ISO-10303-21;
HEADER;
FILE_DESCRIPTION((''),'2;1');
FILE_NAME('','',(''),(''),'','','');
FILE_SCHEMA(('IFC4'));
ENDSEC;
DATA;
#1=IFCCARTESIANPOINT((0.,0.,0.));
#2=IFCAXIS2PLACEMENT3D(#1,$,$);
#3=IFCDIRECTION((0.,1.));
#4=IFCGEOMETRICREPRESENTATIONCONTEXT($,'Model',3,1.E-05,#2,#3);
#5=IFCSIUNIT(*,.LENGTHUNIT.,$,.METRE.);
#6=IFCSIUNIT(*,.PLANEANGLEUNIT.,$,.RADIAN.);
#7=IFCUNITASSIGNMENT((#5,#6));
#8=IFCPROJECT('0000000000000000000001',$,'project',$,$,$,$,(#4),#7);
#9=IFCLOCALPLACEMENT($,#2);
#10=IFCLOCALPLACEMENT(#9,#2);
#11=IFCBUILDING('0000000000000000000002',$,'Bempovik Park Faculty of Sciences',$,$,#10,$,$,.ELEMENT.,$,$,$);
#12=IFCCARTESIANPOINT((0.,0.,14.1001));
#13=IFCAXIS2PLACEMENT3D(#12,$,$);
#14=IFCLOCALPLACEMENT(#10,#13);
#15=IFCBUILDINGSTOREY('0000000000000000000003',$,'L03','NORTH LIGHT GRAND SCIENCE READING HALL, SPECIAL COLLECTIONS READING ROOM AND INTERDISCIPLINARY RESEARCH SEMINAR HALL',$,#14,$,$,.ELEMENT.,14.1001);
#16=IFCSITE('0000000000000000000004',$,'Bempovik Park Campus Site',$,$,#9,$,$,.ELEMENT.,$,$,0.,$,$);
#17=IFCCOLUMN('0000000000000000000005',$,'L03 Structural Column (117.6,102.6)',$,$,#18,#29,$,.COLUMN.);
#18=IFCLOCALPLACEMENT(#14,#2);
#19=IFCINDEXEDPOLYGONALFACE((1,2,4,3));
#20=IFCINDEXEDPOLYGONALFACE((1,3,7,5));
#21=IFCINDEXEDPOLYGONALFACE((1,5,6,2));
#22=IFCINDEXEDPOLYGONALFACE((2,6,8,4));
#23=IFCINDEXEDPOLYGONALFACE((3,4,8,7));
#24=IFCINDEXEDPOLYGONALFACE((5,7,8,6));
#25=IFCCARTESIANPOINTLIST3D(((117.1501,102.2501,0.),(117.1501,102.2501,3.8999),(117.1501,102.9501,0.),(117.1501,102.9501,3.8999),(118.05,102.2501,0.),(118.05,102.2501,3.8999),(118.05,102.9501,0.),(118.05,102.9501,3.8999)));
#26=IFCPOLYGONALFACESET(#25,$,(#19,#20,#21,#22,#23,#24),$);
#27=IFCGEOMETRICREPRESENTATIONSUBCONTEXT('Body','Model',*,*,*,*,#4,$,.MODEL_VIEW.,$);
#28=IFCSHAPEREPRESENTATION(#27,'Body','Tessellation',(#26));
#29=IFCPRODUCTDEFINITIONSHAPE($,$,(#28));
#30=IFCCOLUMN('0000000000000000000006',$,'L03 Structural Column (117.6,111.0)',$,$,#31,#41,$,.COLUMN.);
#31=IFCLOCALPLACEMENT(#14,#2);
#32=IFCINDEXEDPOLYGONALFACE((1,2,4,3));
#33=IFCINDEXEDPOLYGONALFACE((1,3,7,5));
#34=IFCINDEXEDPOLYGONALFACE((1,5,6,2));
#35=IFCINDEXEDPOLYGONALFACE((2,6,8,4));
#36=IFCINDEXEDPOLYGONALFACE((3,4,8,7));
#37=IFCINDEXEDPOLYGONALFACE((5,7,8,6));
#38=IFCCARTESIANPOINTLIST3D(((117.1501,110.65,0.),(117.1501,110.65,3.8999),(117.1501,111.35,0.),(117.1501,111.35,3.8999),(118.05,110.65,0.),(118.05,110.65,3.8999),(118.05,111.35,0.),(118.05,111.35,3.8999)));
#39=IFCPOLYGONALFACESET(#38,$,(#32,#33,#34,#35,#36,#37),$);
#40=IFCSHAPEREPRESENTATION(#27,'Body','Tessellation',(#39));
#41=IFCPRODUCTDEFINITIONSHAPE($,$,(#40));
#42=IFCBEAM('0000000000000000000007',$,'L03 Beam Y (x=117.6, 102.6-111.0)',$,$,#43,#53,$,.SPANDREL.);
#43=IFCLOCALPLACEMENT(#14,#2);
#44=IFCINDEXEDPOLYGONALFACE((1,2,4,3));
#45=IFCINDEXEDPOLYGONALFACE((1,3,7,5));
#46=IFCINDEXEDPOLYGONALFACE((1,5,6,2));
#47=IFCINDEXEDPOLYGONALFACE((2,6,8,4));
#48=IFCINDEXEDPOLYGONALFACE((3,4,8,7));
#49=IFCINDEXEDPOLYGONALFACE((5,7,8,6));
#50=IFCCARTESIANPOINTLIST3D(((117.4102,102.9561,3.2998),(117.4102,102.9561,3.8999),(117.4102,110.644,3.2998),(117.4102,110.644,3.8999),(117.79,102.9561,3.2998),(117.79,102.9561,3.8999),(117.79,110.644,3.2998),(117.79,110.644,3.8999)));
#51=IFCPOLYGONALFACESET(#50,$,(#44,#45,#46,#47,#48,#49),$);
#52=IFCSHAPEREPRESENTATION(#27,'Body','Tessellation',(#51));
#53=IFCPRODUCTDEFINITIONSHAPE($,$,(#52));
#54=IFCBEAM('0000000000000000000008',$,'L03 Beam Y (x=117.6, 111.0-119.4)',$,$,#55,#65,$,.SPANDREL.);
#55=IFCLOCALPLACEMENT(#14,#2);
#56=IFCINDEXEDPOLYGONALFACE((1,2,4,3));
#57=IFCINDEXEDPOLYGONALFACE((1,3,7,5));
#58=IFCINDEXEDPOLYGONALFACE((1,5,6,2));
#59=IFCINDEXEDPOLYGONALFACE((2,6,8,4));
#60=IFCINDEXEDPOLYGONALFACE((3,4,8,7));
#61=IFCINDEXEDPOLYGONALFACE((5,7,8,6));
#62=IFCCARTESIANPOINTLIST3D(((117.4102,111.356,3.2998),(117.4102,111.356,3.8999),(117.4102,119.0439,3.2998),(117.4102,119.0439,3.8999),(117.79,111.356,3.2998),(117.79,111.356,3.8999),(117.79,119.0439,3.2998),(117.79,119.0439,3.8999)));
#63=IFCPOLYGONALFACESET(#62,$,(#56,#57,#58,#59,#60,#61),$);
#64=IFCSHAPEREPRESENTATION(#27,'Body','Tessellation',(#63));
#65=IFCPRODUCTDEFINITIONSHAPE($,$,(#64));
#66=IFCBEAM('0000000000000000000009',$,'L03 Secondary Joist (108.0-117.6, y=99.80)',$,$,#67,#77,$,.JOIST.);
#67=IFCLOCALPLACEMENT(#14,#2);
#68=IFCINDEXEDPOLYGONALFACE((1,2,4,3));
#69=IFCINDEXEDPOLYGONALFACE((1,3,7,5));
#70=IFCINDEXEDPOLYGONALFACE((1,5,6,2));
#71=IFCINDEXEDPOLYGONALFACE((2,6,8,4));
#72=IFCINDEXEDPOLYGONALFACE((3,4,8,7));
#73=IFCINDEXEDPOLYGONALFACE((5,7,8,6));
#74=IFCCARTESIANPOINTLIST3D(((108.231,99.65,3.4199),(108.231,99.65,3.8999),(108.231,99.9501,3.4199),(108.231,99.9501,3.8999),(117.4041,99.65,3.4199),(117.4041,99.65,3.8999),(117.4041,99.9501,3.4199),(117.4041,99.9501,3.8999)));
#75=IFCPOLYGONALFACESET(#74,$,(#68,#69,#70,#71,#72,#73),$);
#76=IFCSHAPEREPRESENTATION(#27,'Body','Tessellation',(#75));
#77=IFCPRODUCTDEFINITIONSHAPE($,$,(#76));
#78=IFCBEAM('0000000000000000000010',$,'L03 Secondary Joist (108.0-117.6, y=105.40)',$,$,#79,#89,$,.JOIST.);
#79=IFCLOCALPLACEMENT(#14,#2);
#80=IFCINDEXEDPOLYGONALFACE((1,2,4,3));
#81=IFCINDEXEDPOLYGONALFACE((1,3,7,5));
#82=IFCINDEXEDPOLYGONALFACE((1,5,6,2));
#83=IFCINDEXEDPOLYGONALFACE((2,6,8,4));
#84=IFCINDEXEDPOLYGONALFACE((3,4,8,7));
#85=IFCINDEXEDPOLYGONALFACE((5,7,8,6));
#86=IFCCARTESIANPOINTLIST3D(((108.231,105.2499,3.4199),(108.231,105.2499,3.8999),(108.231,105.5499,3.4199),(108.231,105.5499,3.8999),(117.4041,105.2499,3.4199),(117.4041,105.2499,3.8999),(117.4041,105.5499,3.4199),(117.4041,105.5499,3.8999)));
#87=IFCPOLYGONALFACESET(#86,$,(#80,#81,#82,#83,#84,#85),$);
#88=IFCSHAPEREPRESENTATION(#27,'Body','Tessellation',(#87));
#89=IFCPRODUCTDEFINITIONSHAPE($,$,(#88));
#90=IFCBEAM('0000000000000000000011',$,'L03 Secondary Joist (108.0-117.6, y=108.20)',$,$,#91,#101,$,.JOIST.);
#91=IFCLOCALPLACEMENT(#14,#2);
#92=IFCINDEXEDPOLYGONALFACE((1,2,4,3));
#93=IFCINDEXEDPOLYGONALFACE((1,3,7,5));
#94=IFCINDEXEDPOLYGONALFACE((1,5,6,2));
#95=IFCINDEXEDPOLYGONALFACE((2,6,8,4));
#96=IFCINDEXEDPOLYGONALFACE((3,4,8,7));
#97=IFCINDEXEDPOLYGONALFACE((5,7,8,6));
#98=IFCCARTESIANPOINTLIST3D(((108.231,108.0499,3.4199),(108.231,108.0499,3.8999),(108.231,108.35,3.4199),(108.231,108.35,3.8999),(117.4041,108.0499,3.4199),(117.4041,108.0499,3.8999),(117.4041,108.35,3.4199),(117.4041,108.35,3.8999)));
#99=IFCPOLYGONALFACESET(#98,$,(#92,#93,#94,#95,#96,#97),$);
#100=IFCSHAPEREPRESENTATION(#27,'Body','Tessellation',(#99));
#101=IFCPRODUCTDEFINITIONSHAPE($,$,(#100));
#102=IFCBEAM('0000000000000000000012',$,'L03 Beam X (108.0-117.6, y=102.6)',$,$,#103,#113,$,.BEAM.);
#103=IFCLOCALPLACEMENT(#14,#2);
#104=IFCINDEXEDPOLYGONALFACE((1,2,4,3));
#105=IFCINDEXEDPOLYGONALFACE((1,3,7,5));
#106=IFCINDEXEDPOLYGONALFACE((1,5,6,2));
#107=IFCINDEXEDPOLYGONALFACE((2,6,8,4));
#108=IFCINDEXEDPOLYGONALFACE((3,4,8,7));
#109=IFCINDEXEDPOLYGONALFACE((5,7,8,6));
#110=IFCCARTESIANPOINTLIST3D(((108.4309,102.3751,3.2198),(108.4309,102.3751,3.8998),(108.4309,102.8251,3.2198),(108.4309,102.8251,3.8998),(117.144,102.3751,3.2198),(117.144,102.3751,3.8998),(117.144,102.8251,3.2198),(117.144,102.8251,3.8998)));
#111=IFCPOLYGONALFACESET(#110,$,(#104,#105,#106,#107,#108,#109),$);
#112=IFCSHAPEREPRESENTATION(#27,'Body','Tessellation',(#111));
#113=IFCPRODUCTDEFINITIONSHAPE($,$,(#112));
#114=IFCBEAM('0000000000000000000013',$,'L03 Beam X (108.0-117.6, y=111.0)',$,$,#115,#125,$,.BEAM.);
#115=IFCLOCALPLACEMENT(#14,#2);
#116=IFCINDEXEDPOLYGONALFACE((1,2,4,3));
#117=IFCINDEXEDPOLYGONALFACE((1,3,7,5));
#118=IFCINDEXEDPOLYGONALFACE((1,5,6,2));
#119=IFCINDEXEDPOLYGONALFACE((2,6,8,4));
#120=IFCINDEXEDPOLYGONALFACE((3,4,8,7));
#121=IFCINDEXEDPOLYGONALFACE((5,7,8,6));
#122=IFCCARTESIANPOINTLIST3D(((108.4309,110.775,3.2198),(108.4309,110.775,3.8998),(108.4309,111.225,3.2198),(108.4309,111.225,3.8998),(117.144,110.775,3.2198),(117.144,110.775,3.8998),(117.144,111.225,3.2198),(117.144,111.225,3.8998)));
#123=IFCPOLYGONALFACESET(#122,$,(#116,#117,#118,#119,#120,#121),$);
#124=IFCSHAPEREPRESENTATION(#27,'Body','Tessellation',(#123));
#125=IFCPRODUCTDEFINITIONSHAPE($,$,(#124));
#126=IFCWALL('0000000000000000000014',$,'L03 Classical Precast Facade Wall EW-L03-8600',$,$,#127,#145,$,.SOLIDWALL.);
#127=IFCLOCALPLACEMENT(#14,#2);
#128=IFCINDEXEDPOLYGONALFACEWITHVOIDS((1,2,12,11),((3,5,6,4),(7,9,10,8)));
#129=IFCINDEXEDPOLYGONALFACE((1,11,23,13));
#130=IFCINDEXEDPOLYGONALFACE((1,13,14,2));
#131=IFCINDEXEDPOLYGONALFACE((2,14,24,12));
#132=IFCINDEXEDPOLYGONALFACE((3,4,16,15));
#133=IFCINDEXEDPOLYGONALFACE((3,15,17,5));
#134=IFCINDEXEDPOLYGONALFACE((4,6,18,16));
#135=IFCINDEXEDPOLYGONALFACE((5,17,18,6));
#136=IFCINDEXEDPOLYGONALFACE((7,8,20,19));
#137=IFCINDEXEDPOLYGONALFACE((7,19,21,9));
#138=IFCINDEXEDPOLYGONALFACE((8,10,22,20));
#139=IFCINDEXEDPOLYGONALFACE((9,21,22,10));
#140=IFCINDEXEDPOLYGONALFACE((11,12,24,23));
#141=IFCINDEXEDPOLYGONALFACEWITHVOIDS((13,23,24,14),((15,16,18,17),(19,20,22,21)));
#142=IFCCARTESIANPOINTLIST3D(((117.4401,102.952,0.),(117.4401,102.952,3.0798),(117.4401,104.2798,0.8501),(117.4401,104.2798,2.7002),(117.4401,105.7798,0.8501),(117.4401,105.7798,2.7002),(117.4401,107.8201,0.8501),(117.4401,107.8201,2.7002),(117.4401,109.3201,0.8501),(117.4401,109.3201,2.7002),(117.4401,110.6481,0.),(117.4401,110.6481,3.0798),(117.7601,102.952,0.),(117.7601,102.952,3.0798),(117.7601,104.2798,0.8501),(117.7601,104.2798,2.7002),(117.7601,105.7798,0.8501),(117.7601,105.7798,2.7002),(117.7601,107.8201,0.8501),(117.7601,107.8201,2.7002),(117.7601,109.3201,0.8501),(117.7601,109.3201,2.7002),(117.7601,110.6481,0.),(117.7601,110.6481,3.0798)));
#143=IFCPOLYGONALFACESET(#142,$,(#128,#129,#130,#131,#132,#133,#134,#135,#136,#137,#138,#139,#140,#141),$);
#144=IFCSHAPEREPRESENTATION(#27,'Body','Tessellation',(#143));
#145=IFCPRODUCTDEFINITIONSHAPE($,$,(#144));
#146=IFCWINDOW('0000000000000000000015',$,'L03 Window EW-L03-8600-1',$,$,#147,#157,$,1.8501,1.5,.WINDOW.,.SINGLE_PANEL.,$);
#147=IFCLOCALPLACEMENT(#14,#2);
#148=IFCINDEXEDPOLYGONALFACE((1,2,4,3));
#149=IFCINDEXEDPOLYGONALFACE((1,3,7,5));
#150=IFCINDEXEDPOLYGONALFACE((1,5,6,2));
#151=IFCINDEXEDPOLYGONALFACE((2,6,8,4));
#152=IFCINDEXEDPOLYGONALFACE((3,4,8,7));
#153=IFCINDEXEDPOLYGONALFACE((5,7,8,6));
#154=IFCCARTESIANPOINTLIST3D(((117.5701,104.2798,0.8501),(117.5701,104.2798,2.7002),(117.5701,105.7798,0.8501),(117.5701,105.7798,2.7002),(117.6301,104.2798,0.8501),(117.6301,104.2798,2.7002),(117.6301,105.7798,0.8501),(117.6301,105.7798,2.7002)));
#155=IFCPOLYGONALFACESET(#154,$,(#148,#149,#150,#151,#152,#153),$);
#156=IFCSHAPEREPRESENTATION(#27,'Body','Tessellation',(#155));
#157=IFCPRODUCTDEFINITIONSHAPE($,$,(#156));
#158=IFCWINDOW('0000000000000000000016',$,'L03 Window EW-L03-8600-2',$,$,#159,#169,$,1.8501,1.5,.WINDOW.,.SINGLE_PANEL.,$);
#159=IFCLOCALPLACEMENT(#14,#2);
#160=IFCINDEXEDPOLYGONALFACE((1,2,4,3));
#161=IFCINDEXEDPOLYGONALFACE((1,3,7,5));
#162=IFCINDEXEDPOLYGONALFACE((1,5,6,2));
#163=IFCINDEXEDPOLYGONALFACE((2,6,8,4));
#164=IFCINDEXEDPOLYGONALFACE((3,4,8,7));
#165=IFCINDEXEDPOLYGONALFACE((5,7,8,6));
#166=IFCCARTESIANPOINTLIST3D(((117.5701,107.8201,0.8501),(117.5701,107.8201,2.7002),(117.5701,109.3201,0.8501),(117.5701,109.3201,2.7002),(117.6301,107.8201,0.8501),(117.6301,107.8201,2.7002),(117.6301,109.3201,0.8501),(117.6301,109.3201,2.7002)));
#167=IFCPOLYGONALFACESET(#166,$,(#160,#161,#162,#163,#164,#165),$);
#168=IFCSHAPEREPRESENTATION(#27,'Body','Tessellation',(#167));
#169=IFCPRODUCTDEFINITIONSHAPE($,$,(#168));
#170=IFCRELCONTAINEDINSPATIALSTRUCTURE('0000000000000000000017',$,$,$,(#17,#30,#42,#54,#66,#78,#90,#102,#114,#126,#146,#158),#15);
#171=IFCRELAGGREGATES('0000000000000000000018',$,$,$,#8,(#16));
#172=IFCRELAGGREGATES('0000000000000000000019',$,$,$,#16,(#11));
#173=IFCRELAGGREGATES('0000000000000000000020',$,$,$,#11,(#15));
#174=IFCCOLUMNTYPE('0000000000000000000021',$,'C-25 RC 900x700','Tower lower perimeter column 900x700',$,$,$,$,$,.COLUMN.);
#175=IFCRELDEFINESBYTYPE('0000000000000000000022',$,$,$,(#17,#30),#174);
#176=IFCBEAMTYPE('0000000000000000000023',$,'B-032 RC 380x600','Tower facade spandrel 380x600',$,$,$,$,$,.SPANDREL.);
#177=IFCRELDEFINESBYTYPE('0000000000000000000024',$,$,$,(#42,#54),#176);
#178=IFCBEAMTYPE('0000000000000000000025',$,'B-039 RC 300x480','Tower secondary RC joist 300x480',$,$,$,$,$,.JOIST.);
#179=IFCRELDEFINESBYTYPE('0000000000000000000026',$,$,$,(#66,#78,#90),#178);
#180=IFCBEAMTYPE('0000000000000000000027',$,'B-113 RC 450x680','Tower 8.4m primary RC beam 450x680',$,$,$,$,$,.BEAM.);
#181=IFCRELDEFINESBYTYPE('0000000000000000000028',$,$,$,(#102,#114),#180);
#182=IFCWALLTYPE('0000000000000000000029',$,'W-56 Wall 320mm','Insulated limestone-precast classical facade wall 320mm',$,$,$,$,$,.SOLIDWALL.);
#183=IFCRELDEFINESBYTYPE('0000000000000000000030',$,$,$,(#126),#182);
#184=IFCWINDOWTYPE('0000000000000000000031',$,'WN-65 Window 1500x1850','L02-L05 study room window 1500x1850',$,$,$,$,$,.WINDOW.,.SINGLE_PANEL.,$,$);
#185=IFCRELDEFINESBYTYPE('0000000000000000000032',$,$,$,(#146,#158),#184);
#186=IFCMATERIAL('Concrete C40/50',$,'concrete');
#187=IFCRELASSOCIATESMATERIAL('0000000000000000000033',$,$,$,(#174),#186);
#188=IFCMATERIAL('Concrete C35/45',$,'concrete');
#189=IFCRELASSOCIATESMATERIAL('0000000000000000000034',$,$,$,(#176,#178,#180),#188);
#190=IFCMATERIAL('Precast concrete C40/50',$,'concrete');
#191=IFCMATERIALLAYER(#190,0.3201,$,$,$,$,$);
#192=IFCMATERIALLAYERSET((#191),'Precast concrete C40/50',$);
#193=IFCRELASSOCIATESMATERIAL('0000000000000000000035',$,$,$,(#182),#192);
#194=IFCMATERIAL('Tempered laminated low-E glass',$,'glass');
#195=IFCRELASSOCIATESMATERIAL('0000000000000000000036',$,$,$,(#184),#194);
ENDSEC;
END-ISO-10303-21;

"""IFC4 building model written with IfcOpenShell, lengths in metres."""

from ifc_helpers import new_model, si_unit, direction, frame, frame_2d, origin, origin_2d, place, context, subcontext, project, spatial, rectangle, extrude, material, layer, layer_set, material_profile, profile_set, type_object, element, fill, save


model = new_model("IFC4")

# Units and contexts
model_context = context("Model", 3, precision=1e-05, world=origin(), true_north=direction((0.0, 1.0)))
body_context = subcontext(model_context, "Body", "Model", "MODEL_VIEW")
ifc_project = project(units=[si_unit("LENGTHUNIT", "METRE"), si_unit("PLANEANGLEUNIT", "RADIAN")], contexts=[model_context])

# Site, building, storey
site_placement = place(None, origin())
site = spatial("IfcSite", under=ifc_project, at=site_placement, Name="Bempovik Park Campus Site", CompositionType="ELEMENT", RefElevation=0.0)
building_placement = place(site_placement, origin())
building = spatial("IfcBuilding", under=site, at=building_placement, Name="Bempovik Park Faculty of Sciences", CompositionType="ELEMENT")
storey_placement = place(building_placement, frame((0.0, 0.0, 14.1001)))
storey = spatial("IfcBuildingStorey", under=building, at=storey_placement, Name="L03", Description="NORTH LIGHT GRAND SCIENCE READING HALL, SPECIAL COLLECTIONS READING ROOM AND INTERDISCIPLINARY RESEARCH SEMINAR HALL", CompositionType="ELEMENT", Elevation=14.1001)

# Columns
ifc_material_1 = material(Name="Concrete C40/50", Category="concrete")
ifc_material_profile_1 = material_profile(ifc_material_1, rectangle(XDim=0.8999, YDim=0.7, at=origin_2d()), Name="RC 900x700")
ifc_profile_set_1 = profile_set([ifc_material_profile_1], Name="Concrete C40/50")
column_type = type_object("IfcColumnType", Name="C-25 RC 900x700", Description="Tower lower perimeter column 900x700", PredefinedType="COLUMN", material=ifc_profile_set_1)
for number, where, z_axis, x_axis, name in (
    (1, (117.6001, 102.6001, 0.0), (0.0, 0.0, 1.0), (1.0, 0.0, 0.0), "L03 Structural Column (117.6,102.6)"),
    (2, (117.6001, 111.0, 0.0), (0.0, 0.0, 1.0), (1.0, 0.0, 0.0), "L03 Structural Column (117.6,111.0)"),
):
    element("IfcColumn", number, at=place(storey_placement, frame(where, z_axis=z_axis, x_axis=x_axis)), inside=storey, type_object=column_type, Name=name, PredefinedType="COLUMN", context=body_context, shape_type="SweptSolid", body=[
        extrude(rectangle(XDim=0.8999, YDim=0.7, at=origin_2d()), origin(), (0.0, 0.0, 1.0), 3.8999),
    ])

# Beams
ifc_material_2 = material(Name="Concrete C35/45", Category="concrete")
ifc_material_profile_2 = material_profile(ifc_material_2, rectangle(XDim=0.3799, YDim=0.6001, at=origin_2d()), Name="RC 380x600")
ifc_profile_set_2 = profile_set([ifc_material_profile_2], Name="Concrete C35/45")
beam_type_1 = type_object("IfcBeamType", Name="B-032 RC 380x600", Description="Tower facade spandrel 380x600", PredefinedType="SPANDREL", material=ifc_profile_set_2)
for number, where, z_axis, x_axis, name in (
    (3, (117.6001, 102.9561, 3.5999), (0.0, 1.0, 0.0), (-1.0, 0.0, 0.0), "L03 Beam Y (x=117.6, 102.6-111.0)"),
    (4, (117.6001, 111.356, 3.5999), (0.0, 1.0, 0.0), (-1.0, 0.0, 0.0), "L03 Beam Y (x=117.6, 111.0-119.4)"),
):
    element("IfcBeam", number, at=place(storey_placement, frame(where, z_axis=z_axis, x_axis=x_axis)), inside=storey, type_object=beam_type_1, Name=name, PredefinedType="SPANDREL", context=body_context, shape_type="SweptSolid", body=[
        extrude(rectangle(XDim=0.3799, YDim=0.6001, at=origin_2d()), origin(), (0.0, 0.0, 1.0), 7.688),
    ])
ifc_material_profile_3 = material_profile(ifc_material_2, rectangle(XDim=0.3, YDim=0.48, at=origin_2d()), Name="RC 300x480")
ifc_profile_set_3 = profile_set([ifc_material_profile_3], Name="Concrete C35/45")
beam_type_2 = type_object("IfcBeamType", Name="B-039 RC 300x480", Description="Tower secondary RC joist 300x480", PredefinedType="JOIST", material=ifc_profile_set_3)
for number, where, z_axis, x_axis, name in (
    (5, (108.231, 99.8, 3.6599), (1.0, 0.0, 0.0), (0.0, 1.0, 0.0), "L03 Secondary Joist (108.0-117.6, y=99.80)"),
    (6, (108.231, 105.3999, 3.6599), (1.0, 0.0, 0.0), (0.0, 1.0, 0.0), "L03 Secondary Joist (108.0-117.6, y=105.40)"),
    (7, (108.231, 108.2, 3.6599), (1.0, 0.0, 0.0), (0.0, 1.0, 0.0), "L03 Secondary Joist (108.0-117.6, y=108.20)"),
):
    element("IfcBeam", number, at=place(storey_placement, frame(where, z_axis=z_axis, x_axis=x_axis)), inside=storey, type_object=beam_type_2, Name=name, PredefinedType="JOIST", context=body_context, shape_type="SweptSolid", body=[
        extrude(rectangle(XDim=0.3, YDim=0.48, at=origin_2d()), origin(), (0.0, 0.0, 1.0), 9.1731),
    ])
ifc_material_profile_4 = material_profile(ifc_material_2, rectangle(XDim=0.45, YDim=0.6799, at=origin_2d()), Name="RC 450x680")
ifc_profile_set_4 = profile_set([ifc_material_profile_4], Name="Concrete C35/45")
beam_type_3 = type_object("IfcBeamType", Name="B-113 RC 450x680", Description="Tower 8.4m primary RC beam 450x680", PredefinedType="BEAM", material=ifc_profile_set_4)
for number, where, z_axis, x_axis, name in (
    (8, (108.4309, 102.6001, 3.5598), (1.0, 0.0, 0.0), (0.0, 1.0, 0.0), "L03 Beam X (108.0-117.6, y=102.6)"),
    (9, (108.4309, 111.0, 3.5598), (1.0, 0.0, 0.0), (0.0, 1.0, 0.0), "L03 Beam X (108.0-117.6, y=111.0)"),
):
    element("IfcBeam", number, at=place(storey_placement, frame(where, z_axis=z_axis, x_axis=x_axis)), inside=storey, type_object=beam_type_3, Name=name, PredefinedType="BEAM", context=body_context, shape_type="SweptSolid", body=[
        extrude(rectangle(XDim=0.45, YDim=0.6799, at=origin_2d()), origin(), (0.0, 0.0, 1.0), 8.7131),
    ])

# Wall, openings, windows
ifc_material_3 = material(Name="Precast concrete C40/50", Category="concrete")
ifc_layer_1 = layer(ifc_material_3, 0.3201)
ifc_layer_set_1 = layer_set([ifc_layer_1], Name="Precast concrete C40/50")
wall_type = type_object("IfcWallType", Name="W-56 Wall 320mm", Description="Insulated limestone-precast classical facade wall 320mm", PredefinedType="SOLIDWALL", material=ifc_layer_set_1)
wall_1_placement = place(storey_placement, frame((117.6001, 102.9519, 0.0), z_axis=(0.0, 0.0, 1.0), x_axis=(0.0, 1.0, 0.0)))
wall_1 = element("IfcWall", 10, at=wall_1_placement, inside=storey, type_object=wall_type, Name="L03 Classical Precast Facade Wall EW-L03-8600", PredefinedType="SOLIDWALL", context=body_context, shape_type="SweptSolid", body=[
    extrude(rectangle(XDim=7.696, YDim=0.3201, at=frame_2d((3.8481, 0.0))), origin(), (0.0, 0.0, 1.0), 3.0798),
])
opening_1_placement = place(wall_1_placement, frame((1.3279, 0.0, 0.8501)))
opening_1 = element("IfcOpeningElement", 11, at=opening_1_placement, cuts=wall_1, PredefinedType="OPENING", context=body_context, shape_type="SweptSolid", body=[
    extrude(rectangle(XDim=1.5, YDim=1.8501, at=frame_2d((0.75, 0.925))), frame((0.0, 0.1699, 0.0), z_axis=(0.0, -1.0, 0.0), x_axis=(1.0, 0.0, 0.0)), (0.0, 0.0, 1.0), 0.3401),
])
opening_2_placement = place(wall_1_placement, frame((4.8682, 0.0, 0.8501)))
opening_2 = element("IfcOpeningElement", 12, at=opening_2_placement, cuts=wall_1, PredefinedType="OPENING", context=body_context, shape_type="SweptSolid", body=[
    extrude(rectangle(XDim=1.5, YDim=1.8501, at=frame_2d((0.75, 0.925))), frame((0.0, 0.1699, 0.0), z_axis=(0.0, -1.0, 0.0), x_axis=(1.0, 0.0, 0.0)), (0.0, 0.0, 1.0), 0.3401),
])
ifc_material_4 = material(Name="Tempered laminated low-E glass", Category="glass")
window_type = type_object("IfcWindowType", Name="WN-65 Window 1500x1850", Description="L02-L05 study room window 1500x1850", PartitioningType="SINGLE_PANEL", PredefinedType="WINDOW", material=ifc_material_4)
window_1_placement = place(opening_1_placement, origin())
window_1 = element("IfcWindow", 13, at=window_1_placement, inside=storey, type_object=window_type, Name="L03 Window EW-L03-8600-1", OverallHeight=1.8501, OverallWidth=1.5, PartitioningType="SINGLE_PANEL", PredefinedType="WINDOW", context=body_context, shape_type="SweptSolid", body=[
    extrude(rectangle(XDim=1.5, YDim=1.8501, at=frame_2d((0.75, 0.925))), frame((0.0, 0.03, 0.0), z_axis=(0.0, -1.0, 0.0), x_axis=(1.0, 0.0, 0.0)), (0.0, 0.0, 1.0), 0.0601),
])
fill(opening_1, window_1)
window_2_placement = place(opening_2_placement, origin())
window_2 = element("IfcWindow", 14, at=window_2_placement, inside=storey, type_object=window_type, Name="L03 Window EW-L03-8600-2", OverallHeight=1.8501, OverallWidth=1.5, PartitioningType="SINGLE_PANEL", PredefinedType="WINDOW", context=body_context, shape_type="SweptSolid", body=[
    extrude(rectangle(XDim=1.5, YDim=1.8501, at=frame_2d((0.75, 0.925))), frame((0.0, 0.03, 0.0), z_axis=(0.0, -1.0, 0.0), x_axis=(1.0, 0.0, 0.0)), (0.0, 0.0, 1.0), 0.0601),
])
fill(opening_2, window_2)

save(model, "model.ifc")
